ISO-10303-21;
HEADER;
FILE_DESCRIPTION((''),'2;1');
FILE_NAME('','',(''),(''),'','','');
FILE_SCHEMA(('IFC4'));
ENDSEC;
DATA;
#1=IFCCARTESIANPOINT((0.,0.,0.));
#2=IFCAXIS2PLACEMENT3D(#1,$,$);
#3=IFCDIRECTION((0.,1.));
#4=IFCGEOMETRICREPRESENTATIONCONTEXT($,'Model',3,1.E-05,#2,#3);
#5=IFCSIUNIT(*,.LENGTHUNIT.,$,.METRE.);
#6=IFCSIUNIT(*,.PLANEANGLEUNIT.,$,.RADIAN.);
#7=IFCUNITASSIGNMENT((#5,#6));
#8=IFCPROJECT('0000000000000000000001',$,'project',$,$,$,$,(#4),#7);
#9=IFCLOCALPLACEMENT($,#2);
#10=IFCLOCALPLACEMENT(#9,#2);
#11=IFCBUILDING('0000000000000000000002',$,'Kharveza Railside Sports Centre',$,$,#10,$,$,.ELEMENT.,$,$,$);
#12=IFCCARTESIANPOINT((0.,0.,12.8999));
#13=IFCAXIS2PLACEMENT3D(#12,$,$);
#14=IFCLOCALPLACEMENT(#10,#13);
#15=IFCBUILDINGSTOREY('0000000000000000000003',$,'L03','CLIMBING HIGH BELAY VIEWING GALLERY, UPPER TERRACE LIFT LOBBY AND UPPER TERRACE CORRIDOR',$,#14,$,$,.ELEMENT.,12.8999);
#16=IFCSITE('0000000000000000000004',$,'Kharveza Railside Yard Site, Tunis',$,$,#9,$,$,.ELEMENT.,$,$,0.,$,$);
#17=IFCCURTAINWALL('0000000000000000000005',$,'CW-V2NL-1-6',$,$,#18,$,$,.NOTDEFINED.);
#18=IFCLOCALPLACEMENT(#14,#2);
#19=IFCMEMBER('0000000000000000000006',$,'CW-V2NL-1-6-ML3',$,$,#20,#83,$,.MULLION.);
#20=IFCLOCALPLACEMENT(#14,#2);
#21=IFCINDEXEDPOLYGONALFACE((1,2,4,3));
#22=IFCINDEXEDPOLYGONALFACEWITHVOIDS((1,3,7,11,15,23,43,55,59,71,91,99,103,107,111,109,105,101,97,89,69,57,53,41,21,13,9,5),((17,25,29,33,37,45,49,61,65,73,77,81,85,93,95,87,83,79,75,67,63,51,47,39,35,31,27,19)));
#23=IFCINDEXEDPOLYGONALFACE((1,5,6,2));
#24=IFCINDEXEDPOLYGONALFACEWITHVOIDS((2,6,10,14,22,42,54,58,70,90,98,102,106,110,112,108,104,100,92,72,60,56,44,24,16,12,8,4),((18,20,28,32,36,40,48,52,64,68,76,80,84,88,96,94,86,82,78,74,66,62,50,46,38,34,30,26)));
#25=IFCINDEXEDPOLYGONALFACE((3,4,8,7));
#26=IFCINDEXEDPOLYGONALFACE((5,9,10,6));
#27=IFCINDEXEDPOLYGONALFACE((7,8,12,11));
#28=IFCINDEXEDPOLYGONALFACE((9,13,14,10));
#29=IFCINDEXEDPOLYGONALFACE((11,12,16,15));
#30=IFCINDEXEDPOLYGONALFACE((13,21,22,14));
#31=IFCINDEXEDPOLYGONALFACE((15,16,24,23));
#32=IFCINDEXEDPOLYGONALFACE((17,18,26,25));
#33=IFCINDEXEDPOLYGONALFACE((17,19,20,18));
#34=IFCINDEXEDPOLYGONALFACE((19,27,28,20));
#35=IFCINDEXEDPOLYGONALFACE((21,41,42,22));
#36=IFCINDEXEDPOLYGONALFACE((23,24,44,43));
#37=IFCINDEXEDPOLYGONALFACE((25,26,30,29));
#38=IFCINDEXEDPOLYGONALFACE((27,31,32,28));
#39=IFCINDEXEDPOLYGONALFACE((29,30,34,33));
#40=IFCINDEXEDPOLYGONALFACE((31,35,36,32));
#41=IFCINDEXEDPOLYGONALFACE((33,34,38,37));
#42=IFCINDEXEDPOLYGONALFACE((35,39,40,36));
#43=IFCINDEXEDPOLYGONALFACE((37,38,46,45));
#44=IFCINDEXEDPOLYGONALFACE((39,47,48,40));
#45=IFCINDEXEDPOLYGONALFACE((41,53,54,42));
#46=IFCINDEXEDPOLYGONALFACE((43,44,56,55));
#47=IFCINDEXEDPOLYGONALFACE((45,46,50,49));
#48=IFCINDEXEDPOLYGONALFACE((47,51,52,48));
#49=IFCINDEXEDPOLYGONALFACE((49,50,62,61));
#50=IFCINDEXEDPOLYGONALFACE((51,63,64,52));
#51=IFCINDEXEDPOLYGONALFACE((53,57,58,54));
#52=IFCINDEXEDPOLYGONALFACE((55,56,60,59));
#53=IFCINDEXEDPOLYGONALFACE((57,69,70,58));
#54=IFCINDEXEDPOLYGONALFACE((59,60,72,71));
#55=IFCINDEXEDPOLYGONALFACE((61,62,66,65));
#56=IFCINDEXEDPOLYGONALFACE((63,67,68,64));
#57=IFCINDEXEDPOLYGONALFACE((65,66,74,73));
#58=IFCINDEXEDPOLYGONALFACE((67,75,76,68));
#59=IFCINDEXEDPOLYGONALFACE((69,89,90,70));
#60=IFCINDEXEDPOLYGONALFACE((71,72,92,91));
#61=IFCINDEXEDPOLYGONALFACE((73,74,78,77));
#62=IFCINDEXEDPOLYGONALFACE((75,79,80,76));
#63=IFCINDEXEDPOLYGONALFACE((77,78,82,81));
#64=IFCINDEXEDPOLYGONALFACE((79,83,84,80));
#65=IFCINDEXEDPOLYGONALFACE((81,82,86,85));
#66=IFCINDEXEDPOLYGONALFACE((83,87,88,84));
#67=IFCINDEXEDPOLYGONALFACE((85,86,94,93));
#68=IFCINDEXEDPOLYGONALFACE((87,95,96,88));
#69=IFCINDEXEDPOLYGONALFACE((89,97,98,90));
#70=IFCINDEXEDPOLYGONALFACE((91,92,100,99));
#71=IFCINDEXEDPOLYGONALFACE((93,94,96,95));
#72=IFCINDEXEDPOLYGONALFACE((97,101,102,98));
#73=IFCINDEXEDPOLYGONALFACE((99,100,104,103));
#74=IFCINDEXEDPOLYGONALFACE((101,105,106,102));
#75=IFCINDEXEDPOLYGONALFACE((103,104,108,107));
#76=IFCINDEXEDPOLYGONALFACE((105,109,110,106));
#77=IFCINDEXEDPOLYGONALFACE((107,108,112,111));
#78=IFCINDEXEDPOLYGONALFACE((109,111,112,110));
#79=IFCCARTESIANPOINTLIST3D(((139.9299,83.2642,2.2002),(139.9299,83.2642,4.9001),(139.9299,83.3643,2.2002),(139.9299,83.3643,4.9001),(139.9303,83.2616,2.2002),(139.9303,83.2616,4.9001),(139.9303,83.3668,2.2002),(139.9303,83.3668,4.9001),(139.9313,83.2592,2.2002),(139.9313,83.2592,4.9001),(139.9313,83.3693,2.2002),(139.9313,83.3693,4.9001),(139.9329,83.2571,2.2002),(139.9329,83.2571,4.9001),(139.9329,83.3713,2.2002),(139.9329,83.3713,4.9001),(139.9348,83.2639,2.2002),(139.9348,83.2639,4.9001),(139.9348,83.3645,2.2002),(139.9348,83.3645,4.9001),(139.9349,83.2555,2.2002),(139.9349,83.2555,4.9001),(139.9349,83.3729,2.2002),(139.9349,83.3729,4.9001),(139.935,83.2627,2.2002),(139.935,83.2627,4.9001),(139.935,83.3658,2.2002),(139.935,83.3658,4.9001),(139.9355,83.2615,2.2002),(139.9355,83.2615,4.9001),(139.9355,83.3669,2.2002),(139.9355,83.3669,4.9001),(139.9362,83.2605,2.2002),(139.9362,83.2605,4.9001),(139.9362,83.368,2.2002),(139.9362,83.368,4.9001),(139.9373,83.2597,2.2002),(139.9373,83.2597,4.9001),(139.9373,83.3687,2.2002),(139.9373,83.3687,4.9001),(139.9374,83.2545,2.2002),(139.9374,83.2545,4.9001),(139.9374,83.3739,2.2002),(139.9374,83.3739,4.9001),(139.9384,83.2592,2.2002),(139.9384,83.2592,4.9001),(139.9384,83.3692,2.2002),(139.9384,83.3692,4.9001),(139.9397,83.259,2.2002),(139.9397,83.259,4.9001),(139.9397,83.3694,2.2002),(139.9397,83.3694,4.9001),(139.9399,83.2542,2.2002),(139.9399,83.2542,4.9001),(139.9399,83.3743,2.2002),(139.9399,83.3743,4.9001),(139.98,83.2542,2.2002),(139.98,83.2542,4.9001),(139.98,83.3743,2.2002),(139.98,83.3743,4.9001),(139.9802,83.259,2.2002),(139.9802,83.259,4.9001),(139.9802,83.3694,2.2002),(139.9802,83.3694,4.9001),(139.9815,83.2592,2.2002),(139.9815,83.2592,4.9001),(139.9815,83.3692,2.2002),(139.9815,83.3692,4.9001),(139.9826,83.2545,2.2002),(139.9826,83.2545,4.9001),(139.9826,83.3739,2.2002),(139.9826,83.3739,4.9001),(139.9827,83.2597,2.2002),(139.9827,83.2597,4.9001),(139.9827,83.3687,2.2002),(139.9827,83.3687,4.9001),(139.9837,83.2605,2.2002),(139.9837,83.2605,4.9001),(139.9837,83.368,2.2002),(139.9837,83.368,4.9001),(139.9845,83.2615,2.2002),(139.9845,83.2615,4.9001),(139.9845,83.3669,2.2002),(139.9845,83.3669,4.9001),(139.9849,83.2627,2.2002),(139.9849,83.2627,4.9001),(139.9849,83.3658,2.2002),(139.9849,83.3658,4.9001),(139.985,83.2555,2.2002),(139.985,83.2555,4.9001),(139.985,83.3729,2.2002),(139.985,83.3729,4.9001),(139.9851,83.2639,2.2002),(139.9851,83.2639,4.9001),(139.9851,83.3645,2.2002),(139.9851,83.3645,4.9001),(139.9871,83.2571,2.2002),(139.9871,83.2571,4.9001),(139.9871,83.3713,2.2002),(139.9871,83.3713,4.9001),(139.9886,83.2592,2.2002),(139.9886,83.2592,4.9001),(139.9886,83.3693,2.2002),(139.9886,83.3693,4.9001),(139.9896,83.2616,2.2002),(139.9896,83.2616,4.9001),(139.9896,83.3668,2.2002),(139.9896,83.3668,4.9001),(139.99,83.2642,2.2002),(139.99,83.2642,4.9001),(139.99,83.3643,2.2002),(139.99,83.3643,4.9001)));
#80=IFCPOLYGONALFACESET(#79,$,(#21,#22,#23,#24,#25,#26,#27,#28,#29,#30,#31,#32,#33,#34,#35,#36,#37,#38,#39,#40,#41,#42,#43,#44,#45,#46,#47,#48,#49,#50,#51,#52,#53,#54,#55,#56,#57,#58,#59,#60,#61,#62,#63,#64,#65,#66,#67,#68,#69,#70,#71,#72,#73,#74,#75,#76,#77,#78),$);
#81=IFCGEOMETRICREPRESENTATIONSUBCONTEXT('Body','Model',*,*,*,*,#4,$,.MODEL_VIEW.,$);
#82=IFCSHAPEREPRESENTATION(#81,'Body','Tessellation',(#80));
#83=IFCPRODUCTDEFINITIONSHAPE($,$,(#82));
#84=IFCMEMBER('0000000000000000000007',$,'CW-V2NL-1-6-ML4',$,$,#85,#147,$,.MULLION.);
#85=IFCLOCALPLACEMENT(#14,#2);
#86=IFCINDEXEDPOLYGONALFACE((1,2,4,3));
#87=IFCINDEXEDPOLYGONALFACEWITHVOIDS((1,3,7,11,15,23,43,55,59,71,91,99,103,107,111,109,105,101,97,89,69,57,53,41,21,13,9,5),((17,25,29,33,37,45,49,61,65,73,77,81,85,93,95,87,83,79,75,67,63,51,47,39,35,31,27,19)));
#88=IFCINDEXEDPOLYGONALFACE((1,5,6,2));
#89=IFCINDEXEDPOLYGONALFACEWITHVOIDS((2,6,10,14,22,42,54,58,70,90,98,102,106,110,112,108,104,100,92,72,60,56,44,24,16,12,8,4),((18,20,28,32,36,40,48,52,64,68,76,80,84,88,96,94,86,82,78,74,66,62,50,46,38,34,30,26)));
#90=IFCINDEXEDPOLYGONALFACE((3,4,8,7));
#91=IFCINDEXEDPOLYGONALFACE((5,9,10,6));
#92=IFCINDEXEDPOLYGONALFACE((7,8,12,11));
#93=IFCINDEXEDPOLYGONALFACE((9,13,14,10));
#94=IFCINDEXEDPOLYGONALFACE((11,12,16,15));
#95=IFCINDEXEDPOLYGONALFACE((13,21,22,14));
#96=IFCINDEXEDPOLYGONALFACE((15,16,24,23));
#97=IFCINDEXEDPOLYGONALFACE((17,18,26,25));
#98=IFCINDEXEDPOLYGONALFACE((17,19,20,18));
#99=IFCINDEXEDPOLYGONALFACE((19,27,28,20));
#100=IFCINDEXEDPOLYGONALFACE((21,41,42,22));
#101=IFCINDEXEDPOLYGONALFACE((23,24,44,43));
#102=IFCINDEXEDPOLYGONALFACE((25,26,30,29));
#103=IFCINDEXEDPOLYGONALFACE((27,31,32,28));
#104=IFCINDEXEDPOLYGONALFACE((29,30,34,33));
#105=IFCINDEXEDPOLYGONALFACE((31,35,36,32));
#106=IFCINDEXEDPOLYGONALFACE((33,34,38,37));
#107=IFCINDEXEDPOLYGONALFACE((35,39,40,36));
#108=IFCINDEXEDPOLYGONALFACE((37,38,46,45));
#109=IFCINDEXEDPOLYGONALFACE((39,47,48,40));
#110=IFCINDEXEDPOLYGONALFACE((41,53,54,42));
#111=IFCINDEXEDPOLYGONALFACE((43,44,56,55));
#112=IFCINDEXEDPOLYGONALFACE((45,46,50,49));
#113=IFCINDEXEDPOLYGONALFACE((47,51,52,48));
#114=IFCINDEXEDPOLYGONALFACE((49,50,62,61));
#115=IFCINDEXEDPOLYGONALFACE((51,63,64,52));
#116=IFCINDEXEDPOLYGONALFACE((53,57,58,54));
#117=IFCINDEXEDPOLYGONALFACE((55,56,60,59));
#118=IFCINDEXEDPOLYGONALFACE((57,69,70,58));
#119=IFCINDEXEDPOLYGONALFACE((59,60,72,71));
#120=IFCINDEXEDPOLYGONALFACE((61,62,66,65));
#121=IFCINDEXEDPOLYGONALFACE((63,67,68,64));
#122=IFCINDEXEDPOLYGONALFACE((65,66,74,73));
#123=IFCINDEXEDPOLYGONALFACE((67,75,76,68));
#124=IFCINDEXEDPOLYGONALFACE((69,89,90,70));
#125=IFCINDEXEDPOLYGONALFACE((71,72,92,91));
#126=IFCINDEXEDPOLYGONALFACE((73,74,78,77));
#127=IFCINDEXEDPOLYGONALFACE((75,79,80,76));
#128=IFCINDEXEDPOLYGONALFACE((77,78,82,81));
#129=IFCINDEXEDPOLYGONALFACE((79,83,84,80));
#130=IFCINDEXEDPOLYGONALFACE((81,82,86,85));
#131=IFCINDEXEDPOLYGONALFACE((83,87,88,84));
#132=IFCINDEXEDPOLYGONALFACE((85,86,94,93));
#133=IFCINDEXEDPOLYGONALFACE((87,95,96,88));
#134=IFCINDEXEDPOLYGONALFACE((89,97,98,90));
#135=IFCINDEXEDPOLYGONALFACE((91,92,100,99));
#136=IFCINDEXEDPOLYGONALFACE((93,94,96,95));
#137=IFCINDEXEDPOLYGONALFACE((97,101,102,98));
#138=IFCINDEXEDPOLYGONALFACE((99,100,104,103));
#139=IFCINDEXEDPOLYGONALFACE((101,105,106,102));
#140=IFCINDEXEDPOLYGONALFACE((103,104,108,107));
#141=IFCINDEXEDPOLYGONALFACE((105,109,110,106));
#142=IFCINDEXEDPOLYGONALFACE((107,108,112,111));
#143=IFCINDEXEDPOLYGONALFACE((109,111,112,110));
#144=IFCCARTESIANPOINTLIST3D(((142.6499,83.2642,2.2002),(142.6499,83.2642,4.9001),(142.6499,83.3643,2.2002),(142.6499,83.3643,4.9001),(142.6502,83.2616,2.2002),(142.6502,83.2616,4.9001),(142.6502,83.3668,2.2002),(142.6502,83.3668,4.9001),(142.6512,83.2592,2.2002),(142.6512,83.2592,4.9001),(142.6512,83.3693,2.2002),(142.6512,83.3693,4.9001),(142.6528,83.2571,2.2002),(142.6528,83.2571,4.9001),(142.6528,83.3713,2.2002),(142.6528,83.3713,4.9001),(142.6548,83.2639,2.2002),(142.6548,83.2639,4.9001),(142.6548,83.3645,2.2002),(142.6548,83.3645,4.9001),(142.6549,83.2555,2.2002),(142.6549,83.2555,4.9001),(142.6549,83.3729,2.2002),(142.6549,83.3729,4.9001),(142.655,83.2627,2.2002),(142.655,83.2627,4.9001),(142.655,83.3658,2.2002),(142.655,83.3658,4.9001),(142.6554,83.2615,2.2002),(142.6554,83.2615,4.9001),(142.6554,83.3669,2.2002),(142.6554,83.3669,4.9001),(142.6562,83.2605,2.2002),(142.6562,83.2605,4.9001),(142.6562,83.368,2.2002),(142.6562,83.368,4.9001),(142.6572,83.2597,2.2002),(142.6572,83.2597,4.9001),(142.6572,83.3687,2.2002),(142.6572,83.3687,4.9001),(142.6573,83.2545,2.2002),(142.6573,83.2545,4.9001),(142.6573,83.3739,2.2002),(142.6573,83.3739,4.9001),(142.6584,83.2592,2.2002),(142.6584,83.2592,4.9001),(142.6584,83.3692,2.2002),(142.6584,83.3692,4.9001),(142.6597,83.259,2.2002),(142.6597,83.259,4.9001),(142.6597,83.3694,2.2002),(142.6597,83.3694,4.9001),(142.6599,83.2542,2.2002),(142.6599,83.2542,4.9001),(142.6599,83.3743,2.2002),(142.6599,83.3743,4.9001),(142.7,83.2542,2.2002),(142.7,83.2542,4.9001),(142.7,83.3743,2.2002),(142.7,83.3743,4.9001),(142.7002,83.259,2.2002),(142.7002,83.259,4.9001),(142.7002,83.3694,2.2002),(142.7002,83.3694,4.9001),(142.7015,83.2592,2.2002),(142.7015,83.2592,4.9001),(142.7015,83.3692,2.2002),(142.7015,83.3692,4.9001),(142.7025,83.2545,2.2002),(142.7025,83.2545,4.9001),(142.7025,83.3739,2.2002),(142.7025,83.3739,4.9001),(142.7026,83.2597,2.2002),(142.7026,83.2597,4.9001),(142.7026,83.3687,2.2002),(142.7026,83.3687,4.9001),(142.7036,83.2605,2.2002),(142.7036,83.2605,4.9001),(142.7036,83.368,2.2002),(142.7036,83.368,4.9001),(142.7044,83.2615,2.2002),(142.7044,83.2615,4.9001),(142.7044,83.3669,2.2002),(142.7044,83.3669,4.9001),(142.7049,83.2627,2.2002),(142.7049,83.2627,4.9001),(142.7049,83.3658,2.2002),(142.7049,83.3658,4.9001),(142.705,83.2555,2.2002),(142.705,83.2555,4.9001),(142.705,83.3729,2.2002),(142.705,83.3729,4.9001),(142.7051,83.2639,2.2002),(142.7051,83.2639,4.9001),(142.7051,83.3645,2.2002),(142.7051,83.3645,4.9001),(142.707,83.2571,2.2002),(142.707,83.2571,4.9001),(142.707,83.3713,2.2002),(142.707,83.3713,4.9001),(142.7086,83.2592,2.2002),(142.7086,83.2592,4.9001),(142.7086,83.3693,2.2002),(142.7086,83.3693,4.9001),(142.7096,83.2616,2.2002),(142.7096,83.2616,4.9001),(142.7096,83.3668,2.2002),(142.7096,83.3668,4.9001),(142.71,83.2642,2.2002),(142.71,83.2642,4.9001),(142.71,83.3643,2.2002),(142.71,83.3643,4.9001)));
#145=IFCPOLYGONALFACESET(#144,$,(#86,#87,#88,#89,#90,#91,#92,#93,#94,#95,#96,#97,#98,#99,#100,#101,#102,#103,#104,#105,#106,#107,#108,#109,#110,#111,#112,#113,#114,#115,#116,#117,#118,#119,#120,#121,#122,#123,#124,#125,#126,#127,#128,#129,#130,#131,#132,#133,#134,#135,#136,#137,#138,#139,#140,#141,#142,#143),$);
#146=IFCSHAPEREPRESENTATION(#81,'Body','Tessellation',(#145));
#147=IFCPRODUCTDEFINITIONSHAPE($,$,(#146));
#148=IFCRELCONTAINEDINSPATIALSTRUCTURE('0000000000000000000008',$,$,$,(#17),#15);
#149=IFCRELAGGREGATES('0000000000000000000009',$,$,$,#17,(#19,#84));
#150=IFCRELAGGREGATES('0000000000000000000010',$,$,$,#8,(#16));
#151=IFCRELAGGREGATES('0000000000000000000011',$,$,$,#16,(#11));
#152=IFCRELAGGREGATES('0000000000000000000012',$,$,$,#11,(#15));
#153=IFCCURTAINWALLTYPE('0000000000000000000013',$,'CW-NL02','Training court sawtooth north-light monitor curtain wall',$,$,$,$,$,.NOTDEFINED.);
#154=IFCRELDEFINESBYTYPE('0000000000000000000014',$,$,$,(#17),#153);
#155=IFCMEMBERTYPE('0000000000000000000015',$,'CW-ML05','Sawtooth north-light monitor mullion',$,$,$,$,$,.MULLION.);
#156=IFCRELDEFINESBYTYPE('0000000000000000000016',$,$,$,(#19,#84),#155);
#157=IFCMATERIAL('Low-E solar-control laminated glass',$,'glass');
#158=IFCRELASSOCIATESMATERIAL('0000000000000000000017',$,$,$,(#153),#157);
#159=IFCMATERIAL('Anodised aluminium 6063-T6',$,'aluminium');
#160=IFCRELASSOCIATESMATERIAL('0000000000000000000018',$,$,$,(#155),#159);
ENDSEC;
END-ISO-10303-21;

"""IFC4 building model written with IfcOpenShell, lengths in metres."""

from ifc_helpers import new_model, si_unit, direction, frame, origin, origin_2d, place, context, subcontext, project, spatial, hollow_rectangle, extrude, material, material_profile, profile_set, type_object, element, aggregate, save


model = new_model("IFC4")

# Units and contexts
model_context = context("Model", 3, precision=1e-05, world=origin(), true_north=direction((0.0, 1.0)))
body_context = subcontext(model_context, "Body", "Model", "MODEL_VIEW")
ifc_project = project(units=[si_unit("LENGTHUNIT", "METRE"), si_unit("PLANEANGLEUNIT", "RADIAN")], contexts=[model_context])

# Site, building, storey
site_placement = place(None, origin())
site = spatial("IfcSite", under=ifc_project, at=site_placement, Name="Kharveza Railside Yard Site, Tunis", CompositionType="ELEMENT", RefElevation=0.0)
building_placement = place(site_placement, origin())
building = spatial("IfcBuilding", under=site, at=building_placement, Name="Kharveza Railside Sports Centre", CompositionType="ELEMENT")
storey_placement = place(building_placement, frame((0.0, 0.0, 12.8999)))
storey = spatial("IfcBuildingStorey", under=building, at=storey_placement, Name="L03", Description="CLIMBING HIGH BELAY VIEWING GALLERY, UPPER TERRACE LIFT LOBBY AND UPPER TERRACE CORRIDOR", CompositionType="ELEMENT", Elevation=12.8999)

# Curtain wall, members
ifc_material_1 = material(Name="Low-E solar-control laminated glass", Category="glass")
curtain_wall_type = type_object("IfcCurtainWallType", Name="CW-NL02", Description="Training court sawtooth north-light monitor curtain wall", PredefinedType="NOTDEFINED", material=ifc_material_1)
ifc_material_2 = material(Name="Anodised aluminium 6063-T6", Category="aluminium")
ifc_material_profile_1 = material_profile(ifc_material_2, hollow_rectangle(XDim=0.0601, YDim=0.1201, WallThickness=0.0049, InnerFilletRadius=0.0049, OuterFilletRadius=0.01, at=origin_2d()), Name="RHS 60x120x5.0")
ifc_profile_set_1 = profile_set([ifc_material_profile_1], Name="Anodised aluminium 6063-T6")
member_type_1 = type_object("IfcMemberType", Name="CW-ML05", Description="Sawtooth north-light monitor mullion", PredefinedType="MULLION", material=ifc_profile_set_1)
curtain_wall_1_placement = place(storey_placement, origin())
curtain_wall_1 = element("IfcCurtainWall", 1, at=curtain_wall_1_placement, inside=storey, type_object=curtain_wall_type, Name="CW-V2NL-1-6", PredefinedType="NOTDEFINED")
member_1_placement = place(storey_placement, frame((139.96, 83.3142, 2.2002), z_axis=(0.0, 0.0, 1.0), x_axis=(1.0, 0.0, 0.0)))
member_1 = element("IfcMember", 2, at=member_1_placement, type_object=member_type_1, Name="CW-V2NL-1-6-ML3", PredefinedType="MULLION", context=body_context, shape_type="SweptSolid", body=[
    extrude(hollow_rectangle(XDim=0.0601, YDim=0.1201, WallThickness=0.0049, InnerFilletRadius=0.0049, OuterFilletRadius=0.01, at=origin_2d()), origin(), (0.0, 0.0, 1.0), 2.7),
])
member_2_placement = place(storey_placement, frame((142.6799, 83.3142, 2.2002), z_axis=(0.0, 0.0, 1.0), x_axis=(1.0, 0.0, 0.0)))
member_2 = element("IfcMember", 3, at=member_2_placement, type_object=member_type_1, Name="CW-V2NL-1-6-ML4", PredefinedType="MULLION", context=body_context, shape_type="SweptSolid", body=[
    extrude(hollow_rectangle(XDim=0.0601, YDim=0.1201, WallThickness=0.0049, InnerFilletRadius=0.0049, OuterFilletRadius=0.01, at=origin_2d()), origin(), (0.0, 0.0, 1.0), 2.7),
])

aggregate(curtain_wall_1, [member_1, member_2])

save(model, "model.ifc")
